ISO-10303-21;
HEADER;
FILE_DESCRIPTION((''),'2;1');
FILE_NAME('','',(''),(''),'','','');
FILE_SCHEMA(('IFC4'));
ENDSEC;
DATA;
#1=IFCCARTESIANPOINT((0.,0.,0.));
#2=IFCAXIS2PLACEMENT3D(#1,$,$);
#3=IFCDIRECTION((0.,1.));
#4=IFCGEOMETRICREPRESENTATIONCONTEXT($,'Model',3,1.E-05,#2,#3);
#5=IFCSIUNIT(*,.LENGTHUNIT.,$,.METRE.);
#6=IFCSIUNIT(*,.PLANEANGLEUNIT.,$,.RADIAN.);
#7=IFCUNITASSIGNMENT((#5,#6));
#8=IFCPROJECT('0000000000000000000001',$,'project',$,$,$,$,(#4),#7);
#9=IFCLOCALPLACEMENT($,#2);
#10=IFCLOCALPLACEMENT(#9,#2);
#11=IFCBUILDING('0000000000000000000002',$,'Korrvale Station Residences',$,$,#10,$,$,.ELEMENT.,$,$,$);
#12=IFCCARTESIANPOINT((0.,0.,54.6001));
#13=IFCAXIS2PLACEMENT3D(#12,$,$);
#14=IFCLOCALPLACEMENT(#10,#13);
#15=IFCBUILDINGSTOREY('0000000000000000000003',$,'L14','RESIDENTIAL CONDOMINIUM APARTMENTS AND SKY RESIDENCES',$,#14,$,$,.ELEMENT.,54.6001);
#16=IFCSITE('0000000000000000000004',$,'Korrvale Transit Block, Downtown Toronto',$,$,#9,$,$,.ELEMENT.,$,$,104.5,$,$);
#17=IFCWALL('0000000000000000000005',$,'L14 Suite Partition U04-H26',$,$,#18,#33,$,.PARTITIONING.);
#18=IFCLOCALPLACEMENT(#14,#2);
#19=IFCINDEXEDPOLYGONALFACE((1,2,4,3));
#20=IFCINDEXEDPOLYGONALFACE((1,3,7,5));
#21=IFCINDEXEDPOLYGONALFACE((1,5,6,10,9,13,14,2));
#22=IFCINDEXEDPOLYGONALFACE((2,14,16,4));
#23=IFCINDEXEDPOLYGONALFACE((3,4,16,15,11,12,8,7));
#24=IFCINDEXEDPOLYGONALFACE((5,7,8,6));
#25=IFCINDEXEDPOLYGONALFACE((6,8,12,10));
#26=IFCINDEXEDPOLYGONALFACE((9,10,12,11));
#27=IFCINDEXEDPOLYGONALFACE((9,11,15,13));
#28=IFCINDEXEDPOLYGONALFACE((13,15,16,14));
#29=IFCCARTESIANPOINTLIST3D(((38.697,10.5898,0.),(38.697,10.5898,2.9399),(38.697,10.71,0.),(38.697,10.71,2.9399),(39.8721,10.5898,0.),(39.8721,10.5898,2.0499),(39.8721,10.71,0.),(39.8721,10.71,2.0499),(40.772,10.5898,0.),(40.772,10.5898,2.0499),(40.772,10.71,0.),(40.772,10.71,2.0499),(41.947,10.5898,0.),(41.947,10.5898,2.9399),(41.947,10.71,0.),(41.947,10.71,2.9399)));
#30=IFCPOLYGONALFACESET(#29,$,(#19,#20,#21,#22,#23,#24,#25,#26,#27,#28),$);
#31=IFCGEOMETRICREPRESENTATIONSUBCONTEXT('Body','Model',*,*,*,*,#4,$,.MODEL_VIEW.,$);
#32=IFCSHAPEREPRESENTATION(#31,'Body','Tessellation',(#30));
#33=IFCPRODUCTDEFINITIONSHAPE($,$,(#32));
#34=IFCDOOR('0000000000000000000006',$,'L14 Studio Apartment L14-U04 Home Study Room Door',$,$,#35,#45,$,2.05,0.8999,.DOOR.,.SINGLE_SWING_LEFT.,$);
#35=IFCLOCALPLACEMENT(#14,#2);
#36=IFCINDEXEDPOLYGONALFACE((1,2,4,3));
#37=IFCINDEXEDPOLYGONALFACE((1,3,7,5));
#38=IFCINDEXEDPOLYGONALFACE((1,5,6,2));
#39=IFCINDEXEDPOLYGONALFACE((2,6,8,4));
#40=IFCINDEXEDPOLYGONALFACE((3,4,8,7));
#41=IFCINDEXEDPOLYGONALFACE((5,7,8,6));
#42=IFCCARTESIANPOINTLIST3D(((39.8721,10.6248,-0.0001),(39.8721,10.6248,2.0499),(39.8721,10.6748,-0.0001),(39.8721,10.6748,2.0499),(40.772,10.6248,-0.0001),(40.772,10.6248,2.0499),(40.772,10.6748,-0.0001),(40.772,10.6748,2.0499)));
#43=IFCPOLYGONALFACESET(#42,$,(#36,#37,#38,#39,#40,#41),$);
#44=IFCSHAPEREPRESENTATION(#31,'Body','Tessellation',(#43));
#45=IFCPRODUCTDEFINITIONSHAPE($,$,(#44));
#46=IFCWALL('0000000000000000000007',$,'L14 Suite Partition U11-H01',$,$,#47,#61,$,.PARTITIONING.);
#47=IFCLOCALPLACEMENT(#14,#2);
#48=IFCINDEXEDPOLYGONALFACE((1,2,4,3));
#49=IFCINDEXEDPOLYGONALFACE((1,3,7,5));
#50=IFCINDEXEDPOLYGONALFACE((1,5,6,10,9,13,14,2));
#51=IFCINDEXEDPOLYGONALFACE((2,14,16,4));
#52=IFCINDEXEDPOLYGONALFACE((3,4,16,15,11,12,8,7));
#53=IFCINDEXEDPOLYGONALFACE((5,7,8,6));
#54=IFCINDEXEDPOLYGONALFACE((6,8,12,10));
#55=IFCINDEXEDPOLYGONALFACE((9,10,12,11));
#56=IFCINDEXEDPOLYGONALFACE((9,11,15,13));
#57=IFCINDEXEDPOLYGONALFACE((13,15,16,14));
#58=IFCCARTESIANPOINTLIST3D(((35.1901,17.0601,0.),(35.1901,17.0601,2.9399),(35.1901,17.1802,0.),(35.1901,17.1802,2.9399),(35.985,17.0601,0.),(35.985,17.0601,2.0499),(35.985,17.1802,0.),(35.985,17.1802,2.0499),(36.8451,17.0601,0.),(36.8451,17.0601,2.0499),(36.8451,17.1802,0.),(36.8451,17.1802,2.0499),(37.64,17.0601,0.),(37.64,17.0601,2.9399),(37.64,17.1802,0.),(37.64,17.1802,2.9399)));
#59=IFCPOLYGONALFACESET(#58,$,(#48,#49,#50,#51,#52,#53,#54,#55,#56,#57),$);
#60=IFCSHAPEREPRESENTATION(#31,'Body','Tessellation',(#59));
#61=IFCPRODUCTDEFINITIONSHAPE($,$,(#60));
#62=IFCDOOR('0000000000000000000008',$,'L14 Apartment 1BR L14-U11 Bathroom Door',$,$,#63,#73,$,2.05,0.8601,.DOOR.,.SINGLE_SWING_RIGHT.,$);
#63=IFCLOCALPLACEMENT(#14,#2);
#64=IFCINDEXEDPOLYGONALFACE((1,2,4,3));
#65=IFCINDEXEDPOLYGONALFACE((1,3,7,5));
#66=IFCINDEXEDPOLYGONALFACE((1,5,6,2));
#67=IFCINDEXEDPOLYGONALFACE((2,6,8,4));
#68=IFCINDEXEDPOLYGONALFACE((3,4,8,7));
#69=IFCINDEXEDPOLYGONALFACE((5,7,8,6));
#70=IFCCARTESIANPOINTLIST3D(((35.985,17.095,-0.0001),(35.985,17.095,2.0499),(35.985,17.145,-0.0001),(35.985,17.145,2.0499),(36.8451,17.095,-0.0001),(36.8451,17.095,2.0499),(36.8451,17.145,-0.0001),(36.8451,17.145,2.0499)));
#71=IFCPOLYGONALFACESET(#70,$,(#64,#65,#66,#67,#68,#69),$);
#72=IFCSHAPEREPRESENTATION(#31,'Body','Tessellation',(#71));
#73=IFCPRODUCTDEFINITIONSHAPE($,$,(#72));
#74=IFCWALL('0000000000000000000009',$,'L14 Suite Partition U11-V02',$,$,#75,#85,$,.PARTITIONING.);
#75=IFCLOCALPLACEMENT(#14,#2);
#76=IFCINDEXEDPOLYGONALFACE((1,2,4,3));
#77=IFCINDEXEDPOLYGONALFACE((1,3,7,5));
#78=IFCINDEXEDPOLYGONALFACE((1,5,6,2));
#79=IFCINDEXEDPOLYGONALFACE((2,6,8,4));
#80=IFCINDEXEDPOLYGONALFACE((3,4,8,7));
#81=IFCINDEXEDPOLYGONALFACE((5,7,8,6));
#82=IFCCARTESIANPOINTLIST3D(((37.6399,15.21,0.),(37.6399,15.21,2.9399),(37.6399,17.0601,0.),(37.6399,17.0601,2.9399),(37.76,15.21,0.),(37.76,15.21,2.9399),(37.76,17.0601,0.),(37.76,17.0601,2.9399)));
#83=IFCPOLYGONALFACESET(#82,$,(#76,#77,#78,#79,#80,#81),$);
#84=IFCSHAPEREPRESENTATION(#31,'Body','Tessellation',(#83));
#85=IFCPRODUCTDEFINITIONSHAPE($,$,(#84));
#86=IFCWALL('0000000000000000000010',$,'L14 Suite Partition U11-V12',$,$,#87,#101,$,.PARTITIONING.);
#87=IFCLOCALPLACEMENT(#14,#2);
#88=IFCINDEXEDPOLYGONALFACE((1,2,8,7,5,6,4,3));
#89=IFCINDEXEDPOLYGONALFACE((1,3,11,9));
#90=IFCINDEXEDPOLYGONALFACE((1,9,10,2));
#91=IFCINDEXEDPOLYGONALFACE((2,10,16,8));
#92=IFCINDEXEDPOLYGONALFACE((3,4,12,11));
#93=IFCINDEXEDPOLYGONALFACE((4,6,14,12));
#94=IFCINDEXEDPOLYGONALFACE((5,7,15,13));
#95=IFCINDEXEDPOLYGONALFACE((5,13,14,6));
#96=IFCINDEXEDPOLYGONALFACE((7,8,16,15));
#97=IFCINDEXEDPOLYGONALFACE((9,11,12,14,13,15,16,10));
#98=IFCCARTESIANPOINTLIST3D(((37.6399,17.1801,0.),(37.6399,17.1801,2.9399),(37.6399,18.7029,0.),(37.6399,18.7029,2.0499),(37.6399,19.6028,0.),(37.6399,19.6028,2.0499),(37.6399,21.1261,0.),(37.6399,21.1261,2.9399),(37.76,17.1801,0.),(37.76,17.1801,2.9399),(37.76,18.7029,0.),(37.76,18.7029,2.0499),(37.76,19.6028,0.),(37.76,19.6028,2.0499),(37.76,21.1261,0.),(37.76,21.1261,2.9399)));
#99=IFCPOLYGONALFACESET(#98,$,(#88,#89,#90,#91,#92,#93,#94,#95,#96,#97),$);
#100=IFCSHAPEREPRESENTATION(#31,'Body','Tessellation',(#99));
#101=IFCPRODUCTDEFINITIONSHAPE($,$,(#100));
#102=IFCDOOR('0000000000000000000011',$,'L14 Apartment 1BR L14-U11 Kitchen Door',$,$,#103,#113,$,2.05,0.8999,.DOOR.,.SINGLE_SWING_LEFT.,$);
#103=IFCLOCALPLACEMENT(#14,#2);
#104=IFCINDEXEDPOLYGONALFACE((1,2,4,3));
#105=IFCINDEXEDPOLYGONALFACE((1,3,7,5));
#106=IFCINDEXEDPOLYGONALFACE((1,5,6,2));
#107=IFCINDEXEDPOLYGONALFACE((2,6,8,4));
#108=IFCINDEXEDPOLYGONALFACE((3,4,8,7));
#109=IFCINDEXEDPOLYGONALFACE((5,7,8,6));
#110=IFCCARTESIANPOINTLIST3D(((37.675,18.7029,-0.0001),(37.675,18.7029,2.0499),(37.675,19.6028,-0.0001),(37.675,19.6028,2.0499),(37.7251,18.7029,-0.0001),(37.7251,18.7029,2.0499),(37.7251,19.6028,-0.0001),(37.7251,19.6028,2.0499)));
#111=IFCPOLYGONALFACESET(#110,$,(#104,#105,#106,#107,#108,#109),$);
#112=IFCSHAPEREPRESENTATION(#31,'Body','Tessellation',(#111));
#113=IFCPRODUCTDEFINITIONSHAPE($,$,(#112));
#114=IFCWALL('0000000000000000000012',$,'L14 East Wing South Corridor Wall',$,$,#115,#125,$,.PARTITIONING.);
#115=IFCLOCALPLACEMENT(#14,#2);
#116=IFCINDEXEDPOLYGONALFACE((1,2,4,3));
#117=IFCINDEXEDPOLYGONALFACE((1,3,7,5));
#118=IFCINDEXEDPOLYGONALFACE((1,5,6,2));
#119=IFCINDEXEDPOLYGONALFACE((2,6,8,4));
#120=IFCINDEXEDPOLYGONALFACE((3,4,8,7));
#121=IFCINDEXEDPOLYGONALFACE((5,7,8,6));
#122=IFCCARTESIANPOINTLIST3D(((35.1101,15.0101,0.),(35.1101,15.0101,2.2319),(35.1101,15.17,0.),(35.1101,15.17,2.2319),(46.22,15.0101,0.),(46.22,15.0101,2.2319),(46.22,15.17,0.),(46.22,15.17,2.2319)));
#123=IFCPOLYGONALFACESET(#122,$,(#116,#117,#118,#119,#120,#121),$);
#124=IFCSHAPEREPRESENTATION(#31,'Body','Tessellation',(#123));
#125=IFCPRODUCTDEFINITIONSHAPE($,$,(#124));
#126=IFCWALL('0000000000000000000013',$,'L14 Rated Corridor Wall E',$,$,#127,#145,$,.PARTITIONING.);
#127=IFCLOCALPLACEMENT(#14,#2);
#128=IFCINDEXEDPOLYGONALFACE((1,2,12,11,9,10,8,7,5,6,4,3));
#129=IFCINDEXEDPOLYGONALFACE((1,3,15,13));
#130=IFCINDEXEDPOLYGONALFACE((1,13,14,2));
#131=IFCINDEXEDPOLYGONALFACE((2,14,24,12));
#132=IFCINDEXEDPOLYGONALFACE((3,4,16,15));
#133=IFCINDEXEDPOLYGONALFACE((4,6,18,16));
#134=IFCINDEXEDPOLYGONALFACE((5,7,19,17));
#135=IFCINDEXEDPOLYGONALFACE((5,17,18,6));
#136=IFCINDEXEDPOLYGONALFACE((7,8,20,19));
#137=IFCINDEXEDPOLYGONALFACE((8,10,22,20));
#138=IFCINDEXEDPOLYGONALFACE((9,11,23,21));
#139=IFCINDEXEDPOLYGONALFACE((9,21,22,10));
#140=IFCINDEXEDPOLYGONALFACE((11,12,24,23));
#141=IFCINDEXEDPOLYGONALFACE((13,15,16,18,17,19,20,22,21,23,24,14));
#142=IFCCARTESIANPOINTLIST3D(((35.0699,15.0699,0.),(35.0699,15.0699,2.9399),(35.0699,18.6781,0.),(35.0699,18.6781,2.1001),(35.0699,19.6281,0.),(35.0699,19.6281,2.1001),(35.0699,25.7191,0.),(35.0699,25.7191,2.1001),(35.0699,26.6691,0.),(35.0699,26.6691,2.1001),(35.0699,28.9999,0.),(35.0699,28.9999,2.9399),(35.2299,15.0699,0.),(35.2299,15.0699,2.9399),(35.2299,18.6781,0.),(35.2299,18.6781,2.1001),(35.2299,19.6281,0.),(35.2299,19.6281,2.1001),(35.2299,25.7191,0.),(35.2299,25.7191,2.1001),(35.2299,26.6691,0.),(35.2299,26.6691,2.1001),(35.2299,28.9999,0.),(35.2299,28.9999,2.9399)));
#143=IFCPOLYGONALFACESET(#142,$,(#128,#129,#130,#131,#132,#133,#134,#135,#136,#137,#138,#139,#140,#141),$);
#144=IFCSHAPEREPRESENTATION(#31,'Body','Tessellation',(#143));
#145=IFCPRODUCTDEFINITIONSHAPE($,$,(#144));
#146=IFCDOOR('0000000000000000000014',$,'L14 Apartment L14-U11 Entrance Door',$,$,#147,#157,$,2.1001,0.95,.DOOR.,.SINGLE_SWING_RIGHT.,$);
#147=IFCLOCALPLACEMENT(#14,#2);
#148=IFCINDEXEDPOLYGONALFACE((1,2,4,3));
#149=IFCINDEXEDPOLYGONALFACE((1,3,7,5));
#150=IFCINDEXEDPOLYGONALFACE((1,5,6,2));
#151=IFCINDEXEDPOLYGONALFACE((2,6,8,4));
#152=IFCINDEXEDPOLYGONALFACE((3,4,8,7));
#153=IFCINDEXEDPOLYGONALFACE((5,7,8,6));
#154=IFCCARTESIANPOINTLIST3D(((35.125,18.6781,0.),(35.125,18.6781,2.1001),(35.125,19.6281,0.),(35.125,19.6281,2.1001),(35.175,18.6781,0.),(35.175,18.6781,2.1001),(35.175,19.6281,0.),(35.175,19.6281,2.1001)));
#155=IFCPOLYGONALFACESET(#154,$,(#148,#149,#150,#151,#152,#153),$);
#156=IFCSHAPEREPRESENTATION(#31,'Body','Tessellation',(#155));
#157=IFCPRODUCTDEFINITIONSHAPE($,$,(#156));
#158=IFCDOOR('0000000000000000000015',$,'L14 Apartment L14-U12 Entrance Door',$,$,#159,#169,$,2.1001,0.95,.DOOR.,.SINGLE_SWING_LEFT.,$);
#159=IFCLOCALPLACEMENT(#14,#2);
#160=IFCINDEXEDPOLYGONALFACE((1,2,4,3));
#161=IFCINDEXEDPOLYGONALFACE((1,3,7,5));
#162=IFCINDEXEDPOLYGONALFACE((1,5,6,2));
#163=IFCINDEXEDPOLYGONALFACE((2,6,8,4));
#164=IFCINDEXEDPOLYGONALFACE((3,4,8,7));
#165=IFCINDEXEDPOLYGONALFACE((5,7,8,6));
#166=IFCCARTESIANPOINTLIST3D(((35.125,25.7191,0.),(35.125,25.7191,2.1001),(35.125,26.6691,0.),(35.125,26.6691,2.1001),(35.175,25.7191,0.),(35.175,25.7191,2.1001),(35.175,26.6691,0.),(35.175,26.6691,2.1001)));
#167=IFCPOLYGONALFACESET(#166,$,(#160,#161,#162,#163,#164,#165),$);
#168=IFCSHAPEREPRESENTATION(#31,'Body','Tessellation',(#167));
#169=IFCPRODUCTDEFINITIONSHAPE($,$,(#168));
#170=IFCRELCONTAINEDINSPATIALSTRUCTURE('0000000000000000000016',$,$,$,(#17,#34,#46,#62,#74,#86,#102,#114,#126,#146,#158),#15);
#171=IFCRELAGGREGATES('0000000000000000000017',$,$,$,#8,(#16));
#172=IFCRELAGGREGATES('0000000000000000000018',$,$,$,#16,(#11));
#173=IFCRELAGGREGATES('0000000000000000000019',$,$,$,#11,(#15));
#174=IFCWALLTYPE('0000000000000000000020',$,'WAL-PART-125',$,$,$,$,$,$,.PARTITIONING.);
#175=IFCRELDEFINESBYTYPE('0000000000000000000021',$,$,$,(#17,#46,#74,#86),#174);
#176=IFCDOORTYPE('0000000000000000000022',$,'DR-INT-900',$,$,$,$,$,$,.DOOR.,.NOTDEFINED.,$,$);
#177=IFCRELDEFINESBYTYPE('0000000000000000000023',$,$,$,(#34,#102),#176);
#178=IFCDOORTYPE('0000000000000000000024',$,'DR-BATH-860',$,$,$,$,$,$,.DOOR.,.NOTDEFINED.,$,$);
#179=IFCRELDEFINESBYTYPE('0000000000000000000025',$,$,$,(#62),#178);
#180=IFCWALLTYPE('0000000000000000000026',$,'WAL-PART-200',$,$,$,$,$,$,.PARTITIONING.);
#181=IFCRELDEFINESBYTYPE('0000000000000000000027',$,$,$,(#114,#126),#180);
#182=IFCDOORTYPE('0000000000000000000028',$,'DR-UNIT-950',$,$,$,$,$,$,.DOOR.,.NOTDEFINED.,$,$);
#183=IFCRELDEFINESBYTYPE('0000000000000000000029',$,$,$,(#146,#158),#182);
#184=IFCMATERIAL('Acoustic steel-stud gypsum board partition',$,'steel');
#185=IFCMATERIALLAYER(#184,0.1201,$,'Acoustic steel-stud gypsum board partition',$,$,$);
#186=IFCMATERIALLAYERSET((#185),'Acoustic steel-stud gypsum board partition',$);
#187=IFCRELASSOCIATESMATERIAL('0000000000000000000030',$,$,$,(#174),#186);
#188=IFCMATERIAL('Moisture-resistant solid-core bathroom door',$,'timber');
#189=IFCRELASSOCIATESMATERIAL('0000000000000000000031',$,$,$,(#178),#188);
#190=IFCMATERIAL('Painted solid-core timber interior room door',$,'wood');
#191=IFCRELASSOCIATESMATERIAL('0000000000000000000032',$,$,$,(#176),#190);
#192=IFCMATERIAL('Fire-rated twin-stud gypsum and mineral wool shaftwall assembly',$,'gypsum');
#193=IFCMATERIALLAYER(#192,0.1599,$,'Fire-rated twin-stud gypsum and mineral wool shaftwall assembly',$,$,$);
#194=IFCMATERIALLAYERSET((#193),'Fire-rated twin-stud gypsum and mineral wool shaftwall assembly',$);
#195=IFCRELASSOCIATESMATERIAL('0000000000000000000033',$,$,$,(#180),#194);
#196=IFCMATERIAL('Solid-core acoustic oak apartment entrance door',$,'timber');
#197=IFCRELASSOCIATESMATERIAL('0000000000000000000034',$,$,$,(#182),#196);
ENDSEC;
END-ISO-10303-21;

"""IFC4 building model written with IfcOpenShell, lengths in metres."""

from ifc_helpers import new_model, si_unit, direction, frame, frame_2d, origin, place, context, subcontext, project, spatial, rectangle, extrude, material, layer, layer_set, type_object, element, fill, save


model = new_model("IFC4")

# Units and contexts
model_context = context("Model", 3, precision=1e-05, world=origin(), true_north=direction((0.0, 1.0)))
body_context = subcontext(model_context, "Body", "Model", "MODEL_VIEW")
ifc_project = project(units=[si_unit("LENGTHUNIT", "METRE"), si_unit("PLANEANGLEUNIT", "RADIAN")], contexts=[model_context])

# Site, building, storey
site_placement = place(None, origin())
site = spatial("IfcSite", under=ifc_project, at=site_placement, Name="Korrvale Transit Block, Downtown Toronto", CompositionType="ELEMENT", RefElevation=104.5)
building_placement = place(site_placement, origin())
building = spatial("IfcBuilding", under=site, at=building_placement, Name="Korrvale Station Residences", CompositionType="ELEMENT")
storey_placement = place(building_placement, frame((0.0, 0.0, 54.6001)))
storey = spatial("IfcBuildingStorey", under=building, at=storey_placement, Name="L14", Description="RESIDENTIAL CONDOMINIUM APARTMENTS AND SKY RESIDENCES", CompositionType="ELEMENT", Elevation=54.6001)

# Walls, openings, doors
ifc_material_1 = material(Name="Acoustic steel-stud gypsum board partition", Category="steel")
ifc_layer_1 = layer(ifc_material_1, 0.1201, Name="Acoustic steel-stud gypsum board partition")
ifc_layer_set_1 = layer_set([ifc_layer_1], Name="Acoustic steel-stud gypsum board partition")
wall_type_1 = type_object("IfcWallType", Name="WAL-PART-125", PredefinedType="PARTITIONING", material=ifc_layer_set_1)
ifc_material_2 = material(Name="Moisture-resistant solid-core bathroom door", Category="timber")
door_type_1 = type_object("IfcDoorType", Name="DR-BATH-860", OperationType="NOTDEFINED", PredefinedType="DOOR", material=ifc_material_2)
ifc_material_3 = material(Name="Painted solid-core timber interior room door", Category="wood")
door_type_2 = type_object("IfcDoorType", Name="DR-INT-900", OperationType="NOTDEFINED", PredefinedType="DOOR", material=ifc_material_3)
wall_1_placement = place(storey_placement, frame((38.697, 10.6499, 0.0), z_axis=(0.0, 0.0, 1.0), x_axis=(1.0, 0.0, 0.0)))
wall_1 = element("IfcWall", 1, at=wall_1_placement, inside=storey, type_object=wall_type_1, Name="L14 Suite Partition U04-H26", PredefinedType="PARTITIONING", context=body_context, shape_type="SweptSolid", body=[
    extrude(rectangle(XDim=3.25, YDim=0.1201, at=frame_2d((1.625, 0.0))), origin(), (0.0, 0.0, 1.0), 2.9399),
])
opening_1_placement = place(wall_1_placement, frame((1.175, 0.0, 0.0)))
opening_1 = element("IfcOpeningElement", 2, at=opening_1_placement, cuts=wall_1, PredefinedType="OPENING", context=body_context, shape_type="SweptSolid", body=[
    extrude(rectangle(XDim=0.8999, YDim=2.05, at=frame_2d((0.45, 1.0249))), frame((0.0, 0.0701, 0.0), z_axis=(0.0, -1.0, 0.0), x_axis=(1.0, 0.0, 0.0)), (0.0, 0.0, 1.0), 0.1401),
])
door_1_placement = place(opening_1_placement, origin())
door_1 = element("IfcDoor", 3, at=door_1_placement, inside=storey, type_object=door_type_2, Name="L14 Studio Apartment L14-U04 Home Study Room Door", OperationType="SINGLE_SWING_LEFT", OverallHeight=2.05, OverallWidth=0.8999, PredefinedType="DOOR", context=body_context, shape_type="SweptSolid", body=[
    extrude(rectangle(XDim=0.8999, YDim=2.05, at=frame_2d((0.45, 1.0249))), frame((0.0, 0.0249, 0.0), z_axis=(0.0, -1.0, 0.0), x_axis=(1.0, 0.0, 0.0)), (0.0, 0.0, 1.0), 0.05),
])
fill(opening_1, door_1)
wall_2_placement = place(storey_placement, frame((35.1899, 17.1201, 0.0), z_axis=(0.0, 0.0, 1.0), x_axis=(1.0, 0.0, 0.0)))
wall_2 = element("IfcWall", 4, at=wall_2_placement, inside=storey, type_object=wall_type_1, Name="L14 Suite Partition U11-H01", PredefinedType="PARTITIONING", context=body_context, shape_type="SweptSolid", body=[
    extrude(rectangle(XDim=2.45, YDim=0.1201, at=frame_2d((1.2251, 0.0))), origin(), (0.0, 0.0, 1.0), 2.9399),
])
opening_2_placement = place(wall_2_placement, frame((0.7949, 0.0, 0.0)))
opening_2 = element("IfcOpeningElement", 5, at=opening_2_placement, cuts=wall_2, PredefinedType="OPENING", context=body_context, shape_type="SweptSolid", body=[
    extrude(rectangle(XDim=0.8601, YDim=2.05, at=frame_2d((0.4302, 1.0249))), frame((0.0, 0.0701, 0.0), z_axis=(0.0, -1.0, 0.0), x_axis=(1.0, 0.0, 0.0)), (0.0, 0.0, 1.0), 0.1401),
])
door_2_placement = place(opening_2_placement, origin())
door_2 = element("IfcDoor", 6, at=door_2_placement, inside=storey, type_object=door_type_1, Name="L14 Apartment 1BR L14-U11 Bathroom Door", OperationType="SINGLE_SWING_RIGHT", OverallHeight=2.05, OverallWidth=0.8601, PredefinedType="DOOR", context=body_context, shape_type="SweptSolid", body=[
    extrude(rectangle(XDim=0.8601, YDim=2.05, at=frame_2d((0.4302, 1.0249))), frame((0.0, 0.0249, 0.0), z_axis=(0.0, -1.0, 0.0), x_axis=(1.0, 0.0, 0.0)), (0.0, 0.0, 1.0), 0.05),
])
fill(opening_2, door_2)

# Wall
wall_3_placement = place(storey_placement, frame((37.7, 15.21, 0.0), z_axis=(0.0, 0.0, 1.0), x_axis=(0.0, 1.0, 0.0)))
element("IfcWall", 7, at=wall_3_placement, inside=storey, type_object=wall_type_1, Name="L14 Suite Partition U11-V02", PredefinedType="PARTITIONING", context=body_context, shape_type="SweptSolid", body=[
    extrude(rectangle(XDim=1.8501, YDim=0.1201, at=frame_2d((0.925, 0.0))), origin(), (0.0, 0.0, 1.0), 2.9399),
])

# Wall, opening, door
wall_4_placement = place(storey_placement, frame((37.7, 17.1799, 0.0), z_axis=(0.0, 0.0, 1.0), x_axis=(0.0, 1.0, 0.0)))
wall_4 = element("IfcWall", 8, at=wall_4_placement, inside=storey, type_object=wall_type_1, Name="L14 Suite Partition U11-V12", PredefinedType="PARTITIONING", context=body_context, shape_type="SweptSolid", body=[
    extrude(rectangle(XDim=3.946, YDim=0.1201, at=frame_2d((1.9731, 0.0))), origin(), (0.0, 0.0, 1.0), 2.9399),
])
opening_3_placement = place(wall_4_placement, frame((1.5229, 0.0, 0.0)))
opening_3 = element("IfcOpeningElement", 9, at=opening_3_placement, cuts=wall_4, PredefinedType="OPENING", context=body_context, shape_type="SweptSolid", body=[
    extrude(rectangle(XDim=0.8999, YDim=2.05, at=frame_2d((0.45, 1.0249))), frame((0.0, 0.0701, 0.0), z_axis=(0.0, -1.0, 0.0), x_axis=(1.0, 0.0, 0.0)), (0.0, 0.0, 1.0), 0.1401),
])
door_3_placement = place(opening_3_placement, origin())
door_3 = element("IfcDoor", 10, at=door_3_placement, inside=storey, type_object=door_type_2, Name="L14 Apartment 1BR L14-U11 Kitchen Door", OperationType="SINGLE_SWING_LEFT", OverallHeight=2.05, OverallWidth=0.8999, PredefinedType="DOOR", context=body_context, shape_type="SweptSolid", body=[
    extrude(rectangle(XDim=0.8999, YDim=2.05, at=frame_2d((0.45, 1.0249))), frame((0.0, 0.0249, 0.0), z_axis=(0.0, -1.0, 0.0), x_axis=(1.0, 0.0, 0.0)), (0.0, 0.0, 1.0), 0.05),
])
fill(opening_3, door_3)

# Wall
ifc_material_4 = material(Name="Fire-rated twin-stud gypsum and mineral wool shaftwall assembly", Category="gypsum")
ifc_layer_2 = layer(ifc_material_4, 0.1599, Name="Fire-rated twin-stud gypsum and mineral wool shaftwall assembly")
ifc_layer_set_2 = layer_set([ifc_layer_2], Name="Fire-rated twin-stud gypsum and mineral wool shaftwall assembly")
wall_type_2 = type_object("IfcWallType", Name="WAL-PART-200", PredefinedType="PARTITIONING", material=ifc_layer_set_2)
wall_5_placement = place(storey_placement, frame((35.1101, 15.0901, 0.0), z_axis=(0.0, 0.0, 1.0), x_axis=(1.0, 0.0, 0.0)))
element("IfcWall", 11, at=wall_5_placement, inside=storey, type_object=wall_type_2, Name="L14 East Wing South Corridor Wall", PredefinedType="PARTITIONING", context=body_context, shape_type="SweptSolid", body=[
    extrude(rectangle(XDim=11.1099, YDim=0.1599, at=frame_2d((5.5549, 0.0))), origin(), (0.0, 0.0, 1.0), 2.2319),
])

# Wall, openings, doors
wall_6_placement = place(storey_placement, frame((35.1499, 15.0701, 0.0), z_axis=(0.0, 0.0, 1.0), x_axis=(0.0, 1.0, 0.0)))
wall_6 = element("IfcWall", 12, at=wall_6_placement, inside=storey, type_object=wall_type_2, Name="L14 Rated Corridor Wall E", PredefinedType="PARTITIONING", context=body_context, shape_type="SweptSolid", body=[
    extrude(rectangle(XDim=13.9299, YDim=0.1599, at=frame_2d((6.9648, 0.0))), origin(), (0.0, 0.0, 1.0), 2.9399),
])
opening_4_placement = place(wall_6_placement, frame((3.6079, 0.0, 0.0)))
opening_4 = element("IfcOpeningElement", 13, at=opening_4_placement, cuts=wall_6, PredefinedType="OPENING", context=body_context, shape_type="SweptSolid", body=[
    extrude(rectangle(XDim=0.95, YDim=2.1001, at=frame_2d((0.4751, 1.05))), frame((0.0, 0.0898, 0.0), z_axis=(0.0, -1.0, 0.0), x_axis=(1.0, 0.0, 0.0)), (0.0, 0.0, 1.0), 0.1799),
])
opening_5_placement = place(wall_6_placement, frame((10.6489, 0.0, 0.0)))
opening_5 = element("IfcOpeningElement", 14, at=opening_5_placement, cuts=wall_6, PredefinedType="OPENING", context=body_context, shape_type="SweptSolid", body=[
    extrude(rectangle(XDim=0.95, YDim=2.1001, at=frame_2d((0.4751, 1.05))), frame((0.0, 0.0898, 0.0), z_axis=(0.0, -1.0, 0.0), x_axis=(1.0, 0.0, 0.0)), (0.0, 0.0, 1.0), 0.1799),
])
ifc_material_5 = material(Name="Solid-core acoustic oak apartment entrance door", Category="timber")
door_type_3 = type_object("IfcDoorType", Name="DR-UNIT-950", OperationType="NOTDEFINED", PredefinedType="DOOR", material=ifc_material_5)
door_4_placement = place(opening_4_placement, origin())
door_4 = element("IfcDoor", 15, at=door_4_placement, inside=storey, type_object=door_type_3, Name="L14 Apartment L14-U11 Entrance Door", OperationType="SINGLE_SWING_RIGHT", OverallHeight=2.1001, OverallWidth=0.95, PredefinedType="DOOR", context=body_context, shape_type="SweptSolid", body=[
    extrude(rectangle(XDim=0.95, YDim=2.1001, at=frame_2d((0.4751, 1.05))), frame((0.0, 0.0249, 0.0), z_axis=(0.0, -1.0, 0.0), x_axis=(1.0, 0.0, 0.0)), (0.0, 0.0, 1.0), 0.05),
])
fill(opening_4, door_4)
door_5_placement = place(opening_5_placement, origin())
door_5 = element("IfcDoor", 16, at=door_5_placement, inside=storey, type_object=door_type_3, Name="L14 Apartment L14-U12 Entrance Door", OperationType="SINGLE_SWING_LEFT", OverallHeight=2.1001, OverallWidth=0.95, PredefinedType="DOOR", context=body_context, shape_type="SweptSolid", body=[
    extrude(rectangle(XDim=0.95, YDim=2.1001, at=frame_2d((0.4751, 1.05))), frame((0.0, 0.0249, 0.0), z_axis=(0.0, -1.0, 0.0), x_axis=(1.0, 0.0, 0.0)), (0.0, 0.0, 1.0), 0.05),
])
fill(opening_5, door_5)

save(model, "model.ifc")
